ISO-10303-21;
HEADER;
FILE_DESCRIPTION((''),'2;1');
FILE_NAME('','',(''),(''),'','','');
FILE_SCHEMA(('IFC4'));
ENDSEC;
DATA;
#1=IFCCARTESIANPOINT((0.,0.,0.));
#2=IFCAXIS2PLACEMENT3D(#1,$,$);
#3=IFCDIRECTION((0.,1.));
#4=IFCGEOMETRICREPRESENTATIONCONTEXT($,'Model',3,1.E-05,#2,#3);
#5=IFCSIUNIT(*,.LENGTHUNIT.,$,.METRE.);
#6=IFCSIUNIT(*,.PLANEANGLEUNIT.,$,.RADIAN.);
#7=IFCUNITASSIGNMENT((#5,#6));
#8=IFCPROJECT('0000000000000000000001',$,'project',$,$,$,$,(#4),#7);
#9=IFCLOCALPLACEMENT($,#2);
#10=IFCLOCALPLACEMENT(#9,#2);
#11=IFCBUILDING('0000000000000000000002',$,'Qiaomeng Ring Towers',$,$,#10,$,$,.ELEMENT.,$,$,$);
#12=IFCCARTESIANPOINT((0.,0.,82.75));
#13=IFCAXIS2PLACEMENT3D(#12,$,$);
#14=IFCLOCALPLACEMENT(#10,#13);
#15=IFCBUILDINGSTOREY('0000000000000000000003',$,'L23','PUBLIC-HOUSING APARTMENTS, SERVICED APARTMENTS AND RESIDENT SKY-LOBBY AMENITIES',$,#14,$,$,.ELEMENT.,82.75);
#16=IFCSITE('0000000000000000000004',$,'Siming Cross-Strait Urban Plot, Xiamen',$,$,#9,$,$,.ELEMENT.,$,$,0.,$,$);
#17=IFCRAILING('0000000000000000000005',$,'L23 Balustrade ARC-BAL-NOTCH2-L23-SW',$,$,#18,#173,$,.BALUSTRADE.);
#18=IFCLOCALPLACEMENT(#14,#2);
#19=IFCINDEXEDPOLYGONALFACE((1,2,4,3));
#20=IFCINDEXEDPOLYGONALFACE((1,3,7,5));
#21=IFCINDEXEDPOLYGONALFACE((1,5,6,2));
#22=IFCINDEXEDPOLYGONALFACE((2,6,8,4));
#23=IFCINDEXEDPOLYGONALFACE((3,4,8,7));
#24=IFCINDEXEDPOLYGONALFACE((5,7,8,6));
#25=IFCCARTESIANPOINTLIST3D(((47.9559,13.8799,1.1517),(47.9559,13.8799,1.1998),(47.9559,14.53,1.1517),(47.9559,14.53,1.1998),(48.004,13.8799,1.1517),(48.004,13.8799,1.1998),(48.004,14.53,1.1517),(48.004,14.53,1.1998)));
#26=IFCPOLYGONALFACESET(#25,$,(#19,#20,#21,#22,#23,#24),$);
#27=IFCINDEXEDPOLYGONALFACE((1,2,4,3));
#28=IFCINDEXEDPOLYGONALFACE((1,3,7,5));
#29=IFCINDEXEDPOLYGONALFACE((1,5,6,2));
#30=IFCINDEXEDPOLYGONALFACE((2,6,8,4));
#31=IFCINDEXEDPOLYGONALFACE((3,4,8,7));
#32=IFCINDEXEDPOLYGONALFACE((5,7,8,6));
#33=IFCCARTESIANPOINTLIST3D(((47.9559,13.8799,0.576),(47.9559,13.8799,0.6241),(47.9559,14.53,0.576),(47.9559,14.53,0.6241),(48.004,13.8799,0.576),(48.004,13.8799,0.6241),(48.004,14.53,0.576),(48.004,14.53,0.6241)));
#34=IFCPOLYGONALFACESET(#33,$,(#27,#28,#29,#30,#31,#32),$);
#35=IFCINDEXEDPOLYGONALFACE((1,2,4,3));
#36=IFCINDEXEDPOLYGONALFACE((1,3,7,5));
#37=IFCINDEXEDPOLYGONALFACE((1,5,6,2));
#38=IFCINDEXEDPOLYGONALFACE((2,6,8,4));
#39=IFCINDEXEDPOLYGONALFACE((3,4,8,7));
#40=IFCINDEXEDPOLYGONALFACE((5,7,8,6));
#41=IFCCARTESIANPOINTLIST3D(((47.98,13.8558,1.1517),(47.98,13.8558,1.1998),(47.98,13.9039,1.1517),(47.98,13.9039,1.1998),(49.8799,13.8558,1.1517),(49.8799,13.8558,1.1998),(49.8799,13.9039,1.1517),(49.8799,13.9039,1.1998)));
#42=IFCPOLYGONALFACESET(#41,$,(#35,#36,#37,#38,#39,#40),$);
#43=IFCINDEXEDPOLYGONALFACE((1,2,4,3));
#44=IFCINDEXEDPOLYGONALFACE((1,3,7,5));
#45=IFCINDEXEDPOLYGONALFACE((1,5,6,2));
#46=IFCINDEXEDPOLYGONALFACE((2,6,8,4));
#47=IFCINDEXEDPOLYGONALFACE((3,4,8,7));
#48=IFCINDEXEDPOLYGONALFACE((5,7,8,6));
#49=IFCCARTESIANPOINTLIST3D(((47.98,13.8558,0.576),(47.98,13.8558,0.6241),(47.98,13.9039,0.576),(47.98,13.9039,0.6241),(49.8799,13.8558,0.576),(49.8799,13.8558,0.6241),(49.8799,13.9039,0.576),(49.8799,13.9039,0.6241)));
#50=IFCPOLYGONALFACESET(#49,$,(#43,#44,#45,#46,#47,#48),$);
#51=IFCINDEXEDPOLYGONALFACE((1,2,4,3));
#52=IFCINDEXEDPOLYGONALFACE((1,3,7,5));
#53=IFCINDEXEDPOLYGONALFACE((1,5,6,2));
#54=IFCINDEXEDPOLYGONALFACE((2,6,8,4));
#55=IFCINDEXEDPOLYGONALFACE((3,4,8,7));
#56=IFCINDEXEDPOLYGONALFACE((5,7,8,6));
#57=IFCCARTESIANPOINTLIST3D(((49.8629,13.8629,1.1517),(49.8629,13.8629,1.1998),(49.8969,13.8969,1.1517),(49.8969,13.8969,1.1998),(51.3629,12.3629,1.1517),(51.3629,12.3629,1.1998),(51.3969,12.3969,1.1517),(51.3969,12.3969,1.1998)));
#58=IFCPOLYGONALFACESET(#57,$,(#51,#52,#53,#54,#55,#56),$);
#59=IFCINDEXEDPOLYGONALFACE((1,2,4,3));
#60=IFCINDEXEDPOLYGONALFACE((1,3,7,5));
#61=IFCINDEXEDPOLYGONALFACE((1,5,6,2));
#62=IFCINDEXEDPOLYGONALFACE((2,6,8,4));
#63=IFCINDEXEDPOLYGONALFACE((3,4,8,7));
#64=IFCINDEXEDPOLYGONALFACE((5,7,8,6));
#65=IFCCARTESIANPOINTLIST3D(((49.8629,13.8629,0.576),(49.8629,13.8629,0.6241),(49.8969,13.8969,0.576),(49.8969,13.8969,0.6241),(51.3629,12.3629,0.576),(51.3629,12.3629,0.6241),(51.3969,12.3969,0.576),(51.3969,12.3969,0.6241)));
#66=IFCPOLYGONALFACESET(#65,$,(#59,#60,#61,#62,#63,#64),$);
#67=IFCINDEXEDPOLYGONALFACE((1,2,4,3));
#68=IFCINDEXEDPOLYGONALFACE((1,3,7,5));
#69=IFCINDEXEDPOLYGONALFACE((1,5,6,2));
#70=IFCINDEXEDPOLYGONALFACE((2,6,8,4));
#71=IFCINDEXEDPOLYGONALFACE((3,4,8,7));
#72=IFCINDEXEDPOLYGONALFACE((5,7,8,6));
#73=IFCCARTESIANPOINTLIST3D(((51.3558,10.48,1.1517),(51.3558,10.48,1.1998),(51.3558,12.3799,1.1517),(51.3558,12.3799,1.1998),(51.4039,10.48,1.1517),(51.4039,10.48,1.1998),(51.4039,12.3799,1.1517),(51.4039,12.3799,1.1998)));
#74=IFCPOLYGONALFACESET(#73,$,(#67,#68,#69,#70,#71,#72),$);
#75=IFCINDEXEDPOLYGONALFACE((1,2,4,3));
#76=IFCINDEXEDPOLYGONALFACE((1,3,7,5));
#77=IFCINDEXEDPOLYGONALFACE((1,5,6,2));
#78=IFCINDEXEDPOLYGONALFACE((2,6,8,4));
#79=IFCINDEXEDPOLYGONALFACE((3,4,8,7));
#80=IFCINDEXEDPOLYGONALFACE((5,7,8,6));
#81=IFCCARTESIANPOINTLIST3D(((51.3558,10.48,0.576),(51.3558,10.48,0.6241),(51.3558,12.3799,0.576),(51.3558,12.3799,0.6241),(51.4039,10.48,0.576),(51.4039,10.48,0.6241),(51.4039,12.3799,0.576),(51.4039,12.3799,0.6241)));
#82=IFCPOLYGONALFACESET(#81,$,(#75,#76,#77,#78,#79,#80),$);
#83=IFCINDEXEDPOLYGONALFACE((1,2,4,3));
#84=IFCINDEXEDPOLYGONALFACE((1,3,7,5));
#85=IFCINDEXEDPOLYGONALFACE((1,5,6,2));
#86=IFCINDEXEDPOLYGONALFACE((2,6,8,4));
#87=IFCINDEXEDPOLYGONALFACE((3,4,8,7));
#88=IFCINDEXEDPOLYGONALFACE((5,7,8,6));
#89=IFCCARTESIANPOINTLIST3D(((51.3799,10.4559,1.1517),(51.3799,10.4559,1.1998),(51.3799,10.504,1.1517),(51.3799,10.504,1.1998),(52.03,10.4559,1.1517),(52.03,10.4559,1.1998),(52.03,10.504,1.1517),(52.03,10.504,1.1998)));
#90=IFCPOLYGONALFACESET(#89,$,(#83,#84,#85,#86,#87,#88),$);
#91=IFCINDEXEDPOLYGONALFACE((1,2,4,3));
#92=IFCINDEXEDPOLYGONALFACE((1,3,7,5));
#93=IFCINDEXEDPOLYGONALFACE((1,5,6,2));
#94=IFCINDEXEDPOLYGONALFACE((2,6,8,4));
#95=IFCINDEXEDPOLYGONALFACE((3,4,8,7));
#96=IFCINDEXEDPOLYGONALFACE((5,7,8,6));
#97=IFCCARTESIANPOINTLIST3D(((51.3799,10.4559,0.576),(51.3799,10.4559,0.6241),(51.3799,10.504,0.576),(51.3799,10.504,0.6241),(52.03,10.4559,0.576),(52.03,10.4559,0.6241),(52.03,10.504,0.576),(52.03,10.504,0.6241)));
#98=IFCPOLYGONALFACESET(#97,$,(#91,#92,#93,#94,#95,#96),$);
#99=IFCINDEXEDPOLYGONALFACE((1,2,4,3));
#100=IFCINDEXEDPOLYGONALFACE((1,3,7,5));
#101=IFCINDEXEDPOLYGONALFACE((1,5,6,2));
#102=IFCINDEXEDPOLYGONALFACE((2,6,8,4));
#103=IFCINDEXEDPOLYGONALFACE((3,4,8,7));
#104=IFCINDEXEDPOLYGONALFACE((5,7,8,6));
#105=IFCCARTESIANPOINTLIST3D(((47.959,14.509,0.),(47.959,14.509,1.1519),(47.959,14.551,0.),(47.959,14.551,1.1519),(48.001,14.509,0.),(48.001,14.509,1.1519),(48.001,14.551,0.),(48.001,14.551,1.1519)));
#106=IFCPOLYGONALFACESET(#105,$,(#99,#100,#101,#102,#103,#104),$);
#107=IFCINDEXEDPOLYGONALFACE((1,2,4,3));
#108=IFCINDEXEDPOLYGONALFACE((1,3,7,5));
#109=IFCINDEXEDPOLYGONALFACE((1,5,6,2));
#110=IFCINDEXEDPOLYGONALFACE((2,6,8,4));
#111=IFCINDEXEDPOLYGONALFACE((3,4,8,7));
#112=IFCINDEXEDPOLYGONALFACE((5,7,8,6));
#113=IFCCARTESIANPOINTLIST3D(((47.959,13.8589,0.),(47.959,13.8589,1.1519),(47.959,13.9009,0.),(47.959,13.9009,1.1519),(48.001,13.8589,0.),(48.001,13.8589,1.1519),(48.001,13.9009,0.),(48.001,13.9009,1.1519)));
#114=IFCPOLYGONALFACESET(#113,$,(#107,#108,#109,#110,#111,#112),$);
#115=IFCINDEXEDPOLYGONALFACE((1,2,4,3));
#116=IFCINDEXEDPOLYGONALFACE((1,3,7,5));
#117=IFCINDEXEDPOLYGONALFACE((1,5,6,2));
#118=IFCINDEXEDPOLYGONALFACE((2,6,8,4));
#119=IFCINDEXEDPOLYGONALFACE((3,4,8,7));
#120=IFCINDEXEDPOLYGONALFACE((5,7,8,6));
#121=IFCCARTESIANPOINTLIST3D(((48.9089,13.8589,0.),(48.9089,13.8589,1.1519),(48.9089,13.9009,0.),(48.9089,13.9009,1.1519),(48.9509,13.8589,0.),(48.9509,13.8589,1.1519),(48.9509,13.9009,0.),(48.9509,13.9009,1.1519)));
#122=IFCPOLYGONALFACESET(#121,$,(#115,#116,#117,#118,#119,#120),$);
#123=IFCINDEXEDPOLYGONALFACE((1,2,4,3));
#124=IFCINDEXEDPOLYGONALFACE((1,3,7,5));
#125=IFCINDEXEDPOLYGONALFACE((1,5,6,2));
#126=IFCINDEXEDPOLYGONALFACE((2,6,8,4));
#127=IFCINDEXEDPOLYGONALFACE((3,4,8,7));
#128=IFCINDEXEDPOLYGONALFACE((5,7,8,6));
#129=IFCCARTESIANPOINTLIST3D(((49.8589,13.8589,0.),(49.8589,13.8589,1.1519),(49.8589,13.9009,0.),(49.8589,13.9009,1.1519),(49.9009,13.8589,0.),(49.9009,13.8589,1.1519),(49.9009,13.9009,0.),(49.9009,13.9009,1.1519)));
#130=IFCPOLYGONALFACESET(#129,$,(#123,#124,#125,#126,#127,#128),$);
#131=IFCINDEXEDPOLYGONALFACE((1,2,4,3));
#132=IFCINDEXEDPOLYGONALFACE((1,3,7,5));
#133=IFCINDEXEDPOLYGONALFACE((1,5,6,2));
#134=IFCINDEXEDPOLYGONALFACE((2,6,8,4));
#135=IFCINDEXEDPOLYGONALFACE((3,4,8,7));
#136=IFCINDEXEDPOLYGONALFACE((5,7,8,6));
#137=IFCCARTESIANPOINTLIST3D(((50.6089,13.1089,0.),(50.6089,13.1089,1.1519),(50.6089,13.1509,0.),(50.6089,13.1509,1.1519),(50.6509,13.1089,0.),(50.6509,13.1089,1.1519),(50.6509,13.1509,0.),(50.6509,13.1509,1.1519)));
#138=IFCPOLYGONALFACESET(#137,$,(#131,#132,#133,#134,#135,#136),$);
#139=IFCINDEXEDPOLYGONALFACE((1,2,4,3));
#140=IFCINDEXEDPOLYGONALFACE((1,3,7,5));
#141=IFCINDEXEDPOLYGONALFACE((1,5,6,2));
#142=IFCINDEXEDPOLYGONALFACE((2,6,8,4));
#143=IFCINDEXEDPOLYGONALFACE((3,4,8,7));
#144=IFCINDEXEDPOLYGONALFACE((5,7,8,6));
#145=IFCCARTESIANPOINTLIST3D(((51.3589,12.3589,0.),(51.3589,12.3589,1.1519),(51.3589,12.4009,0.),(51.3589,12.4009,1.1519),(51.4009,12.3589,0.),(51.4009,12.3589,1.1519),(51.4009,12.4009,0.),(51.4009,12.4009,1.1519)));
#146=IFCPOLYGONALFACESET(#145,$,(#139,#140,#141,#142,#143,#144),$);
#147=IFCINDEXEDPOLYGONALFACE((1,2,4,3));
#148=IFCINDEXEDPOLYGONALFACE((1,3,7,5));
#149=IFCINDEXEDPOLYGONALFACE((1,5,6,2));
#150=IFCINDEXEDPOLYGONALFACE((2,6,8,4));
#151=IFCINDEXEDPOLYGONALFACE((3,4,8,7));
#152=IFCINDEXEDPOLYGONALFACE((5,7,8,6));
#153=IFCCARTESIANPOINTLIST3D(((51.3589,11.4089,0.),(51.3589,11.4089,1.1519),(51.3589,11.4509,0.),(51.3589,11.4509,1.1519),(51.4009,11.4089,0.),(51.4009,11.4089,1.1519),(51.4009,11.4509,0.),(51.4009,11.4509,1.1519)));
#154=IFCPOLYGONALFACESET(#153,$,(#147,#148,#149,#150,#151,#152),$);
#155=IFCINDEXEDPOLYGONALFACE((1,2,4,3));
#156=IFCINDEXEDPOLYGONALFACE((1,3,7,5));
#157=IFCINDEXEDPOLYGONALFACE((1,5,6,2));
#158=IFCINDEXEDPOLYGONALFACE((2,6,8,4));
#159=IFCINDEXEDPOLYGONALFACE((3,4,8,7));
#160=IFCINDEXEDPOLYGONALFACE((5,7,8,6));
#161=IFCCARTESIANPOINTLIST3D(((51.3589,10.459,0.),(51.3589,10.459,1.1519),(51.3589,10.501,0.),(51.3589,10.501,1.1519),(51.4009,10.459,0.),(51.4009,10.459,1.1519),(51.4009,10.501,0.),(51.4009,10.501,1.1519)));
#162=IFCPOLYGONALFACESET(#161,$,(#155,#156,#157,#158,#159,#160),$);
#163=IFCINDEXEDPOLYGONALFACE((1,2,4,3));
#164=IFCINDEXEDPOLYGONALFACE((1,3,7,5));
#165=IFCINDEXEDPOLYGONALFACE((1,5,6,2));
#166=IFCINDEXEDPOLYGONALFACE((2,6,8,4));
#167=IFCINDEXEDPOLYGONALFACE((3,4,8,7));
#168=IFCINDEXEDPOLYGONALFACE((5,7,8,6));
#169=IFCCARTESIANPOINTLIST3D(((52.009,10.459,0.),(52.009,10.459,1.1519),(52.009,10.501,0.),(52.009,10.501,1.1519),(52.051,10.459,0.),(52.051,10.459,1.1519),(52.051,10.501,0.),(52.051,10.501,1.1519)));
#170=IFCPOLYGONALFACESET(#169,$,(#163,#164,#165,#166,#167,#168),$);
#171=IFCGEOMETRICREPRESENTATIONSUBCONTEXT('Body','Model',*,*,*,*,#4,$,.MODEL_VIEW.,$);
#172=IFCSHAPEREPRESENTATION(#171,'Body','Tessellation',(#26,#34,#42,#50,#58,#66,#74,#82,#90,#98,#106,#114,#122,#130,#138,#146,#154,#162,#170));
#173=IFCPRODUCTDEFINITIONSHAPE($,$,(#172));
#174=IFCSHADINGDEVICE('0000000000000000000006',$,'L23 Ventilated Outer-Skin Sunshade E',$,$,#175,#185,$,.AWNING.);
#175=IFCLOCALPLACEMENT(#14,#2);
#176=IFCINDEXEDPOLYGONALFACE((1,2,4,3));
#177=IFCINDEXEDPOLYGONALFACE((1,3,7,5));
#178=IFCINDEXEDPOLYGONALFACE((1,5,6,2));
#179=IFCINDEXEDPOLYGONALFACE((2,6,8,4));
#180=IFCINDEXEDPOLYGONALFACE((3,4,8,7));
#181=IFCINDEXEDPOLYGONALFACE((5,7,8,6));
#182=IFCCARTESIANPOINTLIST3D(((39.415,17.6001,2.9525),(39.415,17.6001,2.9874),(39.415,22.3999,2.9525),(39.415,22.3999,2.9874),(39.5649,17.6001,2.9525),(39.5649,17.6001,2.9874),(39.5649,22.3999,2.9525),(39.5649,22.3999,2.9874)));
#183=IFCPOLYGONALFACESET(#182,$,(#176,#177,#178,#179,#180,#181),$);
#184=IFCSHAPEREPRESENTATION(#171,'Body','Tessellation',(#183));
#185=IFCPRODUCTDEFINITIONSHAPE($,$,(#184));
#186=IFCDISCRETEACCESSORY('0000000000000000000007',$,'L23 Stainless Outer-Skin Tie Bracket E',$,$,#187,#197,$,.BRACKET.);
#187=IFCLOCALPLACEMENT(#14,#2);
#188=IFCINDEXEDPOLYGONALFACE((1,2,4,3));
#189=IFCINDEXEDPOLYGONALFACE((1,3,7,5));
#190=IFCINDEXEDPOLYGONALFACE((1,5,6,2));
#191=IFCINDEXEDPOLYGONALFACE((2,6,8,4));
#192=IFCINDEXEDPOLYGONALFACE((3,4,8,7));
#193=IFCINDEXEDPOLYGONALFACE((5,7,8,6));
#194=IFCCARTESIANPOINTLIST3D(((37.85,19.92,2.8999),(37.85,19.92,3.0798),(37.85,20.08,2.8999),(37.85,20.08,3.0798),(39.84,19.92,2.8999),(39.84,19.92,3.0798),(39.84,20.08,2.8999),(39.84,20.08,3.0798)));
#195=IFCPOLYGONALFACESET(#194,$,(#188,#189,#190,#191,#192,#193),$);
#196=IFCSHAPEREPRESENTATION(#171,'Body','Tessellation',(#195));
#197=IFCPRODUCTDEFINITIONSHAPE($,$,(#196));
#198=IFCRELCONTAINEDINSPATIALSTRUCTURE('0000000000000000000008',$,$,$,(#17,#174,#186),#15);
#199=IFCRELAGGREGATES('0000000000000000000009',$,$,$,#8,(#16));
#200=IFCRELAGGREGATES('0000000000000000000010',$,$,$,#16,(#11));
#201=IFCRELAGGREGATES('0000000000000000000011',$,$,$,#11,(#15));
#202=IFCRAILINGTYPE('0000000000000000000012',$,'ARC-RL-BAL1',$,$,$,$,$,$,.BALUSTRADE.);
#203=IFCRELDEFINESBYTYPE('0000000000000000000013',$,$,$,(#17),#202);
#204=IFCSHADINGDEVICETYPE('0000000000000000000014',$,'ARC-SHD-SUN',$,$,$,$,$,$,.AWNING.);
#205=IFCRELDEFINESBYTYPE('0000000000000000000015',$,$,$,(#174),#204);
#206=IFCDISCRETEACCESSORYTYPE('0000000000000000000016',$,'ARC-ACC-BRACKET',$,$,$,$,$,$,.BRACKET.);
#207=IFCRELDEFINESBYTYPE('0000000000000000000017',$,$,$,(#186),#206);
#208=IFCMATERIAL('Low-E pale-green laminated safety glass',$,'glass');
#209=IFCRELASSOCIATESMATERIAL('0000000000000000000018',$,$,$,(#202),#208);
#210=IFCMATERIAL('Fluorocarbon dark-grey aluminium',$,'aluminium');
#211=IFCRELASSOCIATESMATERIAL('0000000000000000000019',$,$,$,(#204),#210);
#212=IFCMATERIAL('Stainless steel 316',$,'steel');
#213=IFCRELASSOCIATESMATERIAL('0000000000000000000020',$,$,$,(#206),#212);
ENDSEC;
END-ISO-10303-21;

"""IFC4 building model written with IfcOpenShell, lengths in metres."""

from ifc_helpers import new_model, si_unit, direction, frame, origin, origin_2d, place, context, subcontext, project, spatial, rectangle, extrude, source, transform, mapped, material, material_profile, profile_set, type_object, element, save


model = new_model("IFC4")

# Units and contexts
model_context = context("Model", 3, precision=1e-05, world=origin(), true_north=direction((0.0, 1.0)))
body_context = subcontext(model_context, "Body", "Model", "MODEL_VIEW")
ifc_project = project(units=[si_unit("LENGTHUNIT", "METRE"), si_unit("PLANEANGLEUNIT", "RADIAN")], contexts=[model_context])

# Site, building, storey
site_placement = place(None, origin())
site = spatial("IfcSite", under=ifc_project, at=site_placement, Name="Siming Cross-Strait Urban Plot, Xiamen", CompositionType="ELEMENT", RefElevation=0.0)
building_placement = place(site_placement, origin())
building = spatial("IfcBuilding", under=site, at=building_placement, Name="Qiaomeng Ring Towers", CompositionType="ELEMENT")
storey_placement = place(building_placement, frame((0.0, 0.0, 82.75)))
storey = spatial("IfcBuildingStorey", under=building, at=storey_placement, Name="L23", Description="PUBLIC-HOUSING APARTMENTS, SERVICED APARTMENTS AND RESIDENT SKY-LOBBY AMENITIES", CompositionType="ELEMENT", Elevation=82.75)

# Shared definitions
ifc_material_1 = material(Name="Fluorocarbon dark-grey aluminium", Category="aluminium")

# Shared definitions
ifc_material_2 = material(Name="Stainless steel 316", Category="steel")

# Railing
ifc_material_3 = material(Name="Low-E pale-green laminated safety glass", Category="glass")
railing_type = type_object("IfcRailingType", Name="ARC-RL-BAL1", PredefinedType="BALUSTRADE", material=ifc_material_3)
railing_1_placement = place(storey_placement, frame((47.98, 14.53, 0.0)))
element("IfcRailing", 1, at=railing_1_placement, inside=storey, type_object=railing_type, Name="L23 Balustrade ARC-BAL-NOTCH2-L23-SW", PredefinedType="BALUSTRADE", context=body_context, shape_type="SweptSolid", body=[
    extrude(rectangle(XDim=0.0481, YDim=0.0481, at=origin_2d()), frame((0.0, 0.0, 1.1758), z_axis=(0.0, -1.0, 0.0), x_axis=(1.0, 0.0, 0.0)), (0.0, 0.0, 1.0), 0.6501),
    extrude(rectangle(XDim=0.0481, YDim=0.0481, at=origin_2d()), frame((0.0, 0.0, 0.6001), z_axis=(0.0, -1.0, 0.0), x_axis=(1.0, 0.0, 0.0)), (0.0, 0.0, 1.0), 0.6501),
    extrude(rectangle(XDim=0.0481, YDim=0.0481, at=origin_2d()), frame((0.0, -0.6501, 1.1758), z_axis=(1.0, 0.0, 0.0), x_axis=(0.0, 1.0, 0.0)), (0.0, 0.0, 1.0), 1.8999),
    extrude(rectangle(XDim=0.0481, YDim=0.0481, at=origin_2d()), frame((0.0, -0.6501, 0.6001), z_axis=(1.0, 0.0, 0.0), x_axis=(0.0, 1.0, 0.0)), (0.0, 0.0, 1.0), 1.8999),
    extrude(rectangle(XDim=0.0481, YDim=0.0481, at=origin_2d()), frame((1.8999, -0.6501, 1.1758), z_axis=(0.707107, -0.707107, 0.0), x_axis=(0.707107, 0.707107, 0.0)), (0.0, 0.0, 1.0), 2.1213),
    extrude(rectangle(XDim=0.0481, YDim=0.0481, at=origin_2d()), frame((1.8999, -0.6501, 0.6001), z_axis=(0.707107, -0.707107, 0.0), x_axis=(0.707107, 0.707107, 0.0)), (0.0, 0.0, 1.0), 2.1213),
    extrude(rectangle(XDim=0.0481, YDim=0.0481, at=origin_2d()), frame((3.3999, -2.1501, 1.1758), z_axis=(0.0, -1.0, 0.0), x_axis=(1.0, 0.0, 0.0)), (0.0, 0.0, 1.0), 1.8999),
    extrude(rectangle(XDim=0.0481, YDim=0.0481, at=origin_2d()), frame((3.3999, -2.1501, 0.6001), z_axis=(0.0, -1.0, 0.0), x_axis=(1.0, 0.0, 0.0)), (0.0, 0.0, 1.0), 1.8999),
    extrude(rectangle(XDim=0.0481, YDim=0.0481, at=origin_2d()), frame((3.3999, -4.05, 1.1758), z_axis=(1.0, 0.0, 0.0), x_axis=(0.0, 1.0, 0.0)), (0.0, 0.0, 1.0), 0.6501),
    extrude(rectangle(XDim=0.0481, YDim=0.0481, at=origin_2d()), frame((3.3999, -4.05, 0.6001), z_axis=(1.0, 0.0, 0.0), x_axis=(0.0, 1.0, 0.0)), (0.0, 0.0, 1.0), 0.6501),
    extrude(rectangle(XDim=0.042, YDim=0.042, at=origin_2d()), origin(), (0.0, 0.0, 1.0), 1.1519),
    extrude(rectangle(XDim=0.042, YDim=0.042, at=origin_2d()), frame((0.0, -0.6501, 0.0)), (0.0, 0.0, 1.0), 1.1519),
    extrude(rectangle(XDim=0.042, YDim=0.042, at=origin_2d()), frame((0.95, -0.6501, 0.0)), (0.0, 0.0, 1.0), 1.1519),
    extrude(rectangle(XDim=0.042, YDim=0.042, at=origin_2d()), frame((1.8999, -0.6501, 0.0)), (0.0, 0.0, 1.0), 1.1519),
    extrude(rectangle(XDim=0.042, YDim=0.042, at=origin_2d()), frame((2.6499, -1.4001, 0.0)), (0.0, 0.0, 1.0), 1.1519),
    extrude(rectangle(XDim=0.042, YDim=0.042, at=origin_2d()), frame((3.3999, -2.1501, 0.0)), (0.0, 0.0, 1.0), 1.1519),
    extrude(rectangle(XDim=0.042, YDim=0.042, at=origin_2d()), frame((3.3999, -3.1001, 0.0)), (0.0, 0.0, 1.0), 1.1519),
    extrude(rectangle(XDim=0.042, YDim=0.042, at=origin_2d()), frame((3.3999, -4.05, 0.0)), (0.0, 0.0, 1.0), 1.1519),
    extrude(rectangle(XDim=0.042, YDim=0.042, at=origin_2d()), frame((4.05, -4.05, 0.0)), (0.0, 0.0, 1.0), 1.1519),
])

# Shading device
ifc_material_profile_1 = material_profile(ifc_material_1, rectangle(XDim=0.1499, YDim=0.0349, at=origin_2d()), Name="LV BLADE 150x35")
ifc_profile_set_1 = profile_set([ifc_material_profile_1], Name="Fluorocarbon dark-grey aluminium")
shading_device_type = type_object("IfcShadingDeviceType", Name="ARC-SHD-SUN", PredefinedType="AWNING", material=ifc_profile_set_1)
shared_shape_1 = source(origin(), body_context, "Body", "SweptSolid", [
    extrude(rectangle(XDim=0.1499, YDim=0.0349, at=origin_2d()), origin(), (0.0, 0.0, 1.0), 4.7998),
])
shading_device_placement = place(storey_placement, frame((39.49, 17.6001, 2.97), z_axis=(0.0, 1.0, 0.0), x_axis=(-1.0, 0.0, 0.0)))
element("IfcShadingDevice", 2, at=shading_device_placement, inside=storey, type_object=shading_device_type, Name="L23 Ventilated Outer-Skin Sunshade E", PredefinedType="AWNING", context=body_context, shape_type="MappedRepresentation", body=[
    mapped(shared_shape_1, transform((0.0, 0.0, 0.0), x_axis=(1.0, 0.0, 0.0), y_axis=(0.0, 1.0, 0.0), z_axis=(0.0, 0.0, 1.0), scale=1.0)),
])

# Discrete accessory
discrete_accessory_type = type_object("IfcDiscreteAccessoryType", Name="ARC-ACC-BRACKET", PredefinedType="BRACKET", material=ifc_material_2)
shared_shape_2 = source(origin(), body_context, "Body", "SweptSolid", [
    extrude(rectangle(XDim=1.99, YDim=0.1599, at=origin_2d()), origin(), (0.0, 0.0, 1.0), 0.1799),
])
discrete_accessory_placement = place(storey_placement, frame((38.845, 20.0, 2.8999), z_axis=(0.0, 0.0, 1.0), x_axis=(1.0, 0.0, 0.0)))
element("IfcDiscreteAccessory", 3, at=discrete_accessory_placement, inside=storey, type_object=discrete_accessory_type, Name="L23 Stainless Outer-Skin Tie Bracket E", PredefinedType="BRACKET", context=body_context, shape_type="MappedRepresentation", body=[
    mapped(shared_shape_2, transform((0.0, 0.0, 0.0), x_axis=(1.0, 0.0, 0.0), y_axis=(0.0, 1.0, 0.0), z_axis=(0.0, 0.0, 1.0), scale=1.0)),
])

save(model, "model.ifc")
